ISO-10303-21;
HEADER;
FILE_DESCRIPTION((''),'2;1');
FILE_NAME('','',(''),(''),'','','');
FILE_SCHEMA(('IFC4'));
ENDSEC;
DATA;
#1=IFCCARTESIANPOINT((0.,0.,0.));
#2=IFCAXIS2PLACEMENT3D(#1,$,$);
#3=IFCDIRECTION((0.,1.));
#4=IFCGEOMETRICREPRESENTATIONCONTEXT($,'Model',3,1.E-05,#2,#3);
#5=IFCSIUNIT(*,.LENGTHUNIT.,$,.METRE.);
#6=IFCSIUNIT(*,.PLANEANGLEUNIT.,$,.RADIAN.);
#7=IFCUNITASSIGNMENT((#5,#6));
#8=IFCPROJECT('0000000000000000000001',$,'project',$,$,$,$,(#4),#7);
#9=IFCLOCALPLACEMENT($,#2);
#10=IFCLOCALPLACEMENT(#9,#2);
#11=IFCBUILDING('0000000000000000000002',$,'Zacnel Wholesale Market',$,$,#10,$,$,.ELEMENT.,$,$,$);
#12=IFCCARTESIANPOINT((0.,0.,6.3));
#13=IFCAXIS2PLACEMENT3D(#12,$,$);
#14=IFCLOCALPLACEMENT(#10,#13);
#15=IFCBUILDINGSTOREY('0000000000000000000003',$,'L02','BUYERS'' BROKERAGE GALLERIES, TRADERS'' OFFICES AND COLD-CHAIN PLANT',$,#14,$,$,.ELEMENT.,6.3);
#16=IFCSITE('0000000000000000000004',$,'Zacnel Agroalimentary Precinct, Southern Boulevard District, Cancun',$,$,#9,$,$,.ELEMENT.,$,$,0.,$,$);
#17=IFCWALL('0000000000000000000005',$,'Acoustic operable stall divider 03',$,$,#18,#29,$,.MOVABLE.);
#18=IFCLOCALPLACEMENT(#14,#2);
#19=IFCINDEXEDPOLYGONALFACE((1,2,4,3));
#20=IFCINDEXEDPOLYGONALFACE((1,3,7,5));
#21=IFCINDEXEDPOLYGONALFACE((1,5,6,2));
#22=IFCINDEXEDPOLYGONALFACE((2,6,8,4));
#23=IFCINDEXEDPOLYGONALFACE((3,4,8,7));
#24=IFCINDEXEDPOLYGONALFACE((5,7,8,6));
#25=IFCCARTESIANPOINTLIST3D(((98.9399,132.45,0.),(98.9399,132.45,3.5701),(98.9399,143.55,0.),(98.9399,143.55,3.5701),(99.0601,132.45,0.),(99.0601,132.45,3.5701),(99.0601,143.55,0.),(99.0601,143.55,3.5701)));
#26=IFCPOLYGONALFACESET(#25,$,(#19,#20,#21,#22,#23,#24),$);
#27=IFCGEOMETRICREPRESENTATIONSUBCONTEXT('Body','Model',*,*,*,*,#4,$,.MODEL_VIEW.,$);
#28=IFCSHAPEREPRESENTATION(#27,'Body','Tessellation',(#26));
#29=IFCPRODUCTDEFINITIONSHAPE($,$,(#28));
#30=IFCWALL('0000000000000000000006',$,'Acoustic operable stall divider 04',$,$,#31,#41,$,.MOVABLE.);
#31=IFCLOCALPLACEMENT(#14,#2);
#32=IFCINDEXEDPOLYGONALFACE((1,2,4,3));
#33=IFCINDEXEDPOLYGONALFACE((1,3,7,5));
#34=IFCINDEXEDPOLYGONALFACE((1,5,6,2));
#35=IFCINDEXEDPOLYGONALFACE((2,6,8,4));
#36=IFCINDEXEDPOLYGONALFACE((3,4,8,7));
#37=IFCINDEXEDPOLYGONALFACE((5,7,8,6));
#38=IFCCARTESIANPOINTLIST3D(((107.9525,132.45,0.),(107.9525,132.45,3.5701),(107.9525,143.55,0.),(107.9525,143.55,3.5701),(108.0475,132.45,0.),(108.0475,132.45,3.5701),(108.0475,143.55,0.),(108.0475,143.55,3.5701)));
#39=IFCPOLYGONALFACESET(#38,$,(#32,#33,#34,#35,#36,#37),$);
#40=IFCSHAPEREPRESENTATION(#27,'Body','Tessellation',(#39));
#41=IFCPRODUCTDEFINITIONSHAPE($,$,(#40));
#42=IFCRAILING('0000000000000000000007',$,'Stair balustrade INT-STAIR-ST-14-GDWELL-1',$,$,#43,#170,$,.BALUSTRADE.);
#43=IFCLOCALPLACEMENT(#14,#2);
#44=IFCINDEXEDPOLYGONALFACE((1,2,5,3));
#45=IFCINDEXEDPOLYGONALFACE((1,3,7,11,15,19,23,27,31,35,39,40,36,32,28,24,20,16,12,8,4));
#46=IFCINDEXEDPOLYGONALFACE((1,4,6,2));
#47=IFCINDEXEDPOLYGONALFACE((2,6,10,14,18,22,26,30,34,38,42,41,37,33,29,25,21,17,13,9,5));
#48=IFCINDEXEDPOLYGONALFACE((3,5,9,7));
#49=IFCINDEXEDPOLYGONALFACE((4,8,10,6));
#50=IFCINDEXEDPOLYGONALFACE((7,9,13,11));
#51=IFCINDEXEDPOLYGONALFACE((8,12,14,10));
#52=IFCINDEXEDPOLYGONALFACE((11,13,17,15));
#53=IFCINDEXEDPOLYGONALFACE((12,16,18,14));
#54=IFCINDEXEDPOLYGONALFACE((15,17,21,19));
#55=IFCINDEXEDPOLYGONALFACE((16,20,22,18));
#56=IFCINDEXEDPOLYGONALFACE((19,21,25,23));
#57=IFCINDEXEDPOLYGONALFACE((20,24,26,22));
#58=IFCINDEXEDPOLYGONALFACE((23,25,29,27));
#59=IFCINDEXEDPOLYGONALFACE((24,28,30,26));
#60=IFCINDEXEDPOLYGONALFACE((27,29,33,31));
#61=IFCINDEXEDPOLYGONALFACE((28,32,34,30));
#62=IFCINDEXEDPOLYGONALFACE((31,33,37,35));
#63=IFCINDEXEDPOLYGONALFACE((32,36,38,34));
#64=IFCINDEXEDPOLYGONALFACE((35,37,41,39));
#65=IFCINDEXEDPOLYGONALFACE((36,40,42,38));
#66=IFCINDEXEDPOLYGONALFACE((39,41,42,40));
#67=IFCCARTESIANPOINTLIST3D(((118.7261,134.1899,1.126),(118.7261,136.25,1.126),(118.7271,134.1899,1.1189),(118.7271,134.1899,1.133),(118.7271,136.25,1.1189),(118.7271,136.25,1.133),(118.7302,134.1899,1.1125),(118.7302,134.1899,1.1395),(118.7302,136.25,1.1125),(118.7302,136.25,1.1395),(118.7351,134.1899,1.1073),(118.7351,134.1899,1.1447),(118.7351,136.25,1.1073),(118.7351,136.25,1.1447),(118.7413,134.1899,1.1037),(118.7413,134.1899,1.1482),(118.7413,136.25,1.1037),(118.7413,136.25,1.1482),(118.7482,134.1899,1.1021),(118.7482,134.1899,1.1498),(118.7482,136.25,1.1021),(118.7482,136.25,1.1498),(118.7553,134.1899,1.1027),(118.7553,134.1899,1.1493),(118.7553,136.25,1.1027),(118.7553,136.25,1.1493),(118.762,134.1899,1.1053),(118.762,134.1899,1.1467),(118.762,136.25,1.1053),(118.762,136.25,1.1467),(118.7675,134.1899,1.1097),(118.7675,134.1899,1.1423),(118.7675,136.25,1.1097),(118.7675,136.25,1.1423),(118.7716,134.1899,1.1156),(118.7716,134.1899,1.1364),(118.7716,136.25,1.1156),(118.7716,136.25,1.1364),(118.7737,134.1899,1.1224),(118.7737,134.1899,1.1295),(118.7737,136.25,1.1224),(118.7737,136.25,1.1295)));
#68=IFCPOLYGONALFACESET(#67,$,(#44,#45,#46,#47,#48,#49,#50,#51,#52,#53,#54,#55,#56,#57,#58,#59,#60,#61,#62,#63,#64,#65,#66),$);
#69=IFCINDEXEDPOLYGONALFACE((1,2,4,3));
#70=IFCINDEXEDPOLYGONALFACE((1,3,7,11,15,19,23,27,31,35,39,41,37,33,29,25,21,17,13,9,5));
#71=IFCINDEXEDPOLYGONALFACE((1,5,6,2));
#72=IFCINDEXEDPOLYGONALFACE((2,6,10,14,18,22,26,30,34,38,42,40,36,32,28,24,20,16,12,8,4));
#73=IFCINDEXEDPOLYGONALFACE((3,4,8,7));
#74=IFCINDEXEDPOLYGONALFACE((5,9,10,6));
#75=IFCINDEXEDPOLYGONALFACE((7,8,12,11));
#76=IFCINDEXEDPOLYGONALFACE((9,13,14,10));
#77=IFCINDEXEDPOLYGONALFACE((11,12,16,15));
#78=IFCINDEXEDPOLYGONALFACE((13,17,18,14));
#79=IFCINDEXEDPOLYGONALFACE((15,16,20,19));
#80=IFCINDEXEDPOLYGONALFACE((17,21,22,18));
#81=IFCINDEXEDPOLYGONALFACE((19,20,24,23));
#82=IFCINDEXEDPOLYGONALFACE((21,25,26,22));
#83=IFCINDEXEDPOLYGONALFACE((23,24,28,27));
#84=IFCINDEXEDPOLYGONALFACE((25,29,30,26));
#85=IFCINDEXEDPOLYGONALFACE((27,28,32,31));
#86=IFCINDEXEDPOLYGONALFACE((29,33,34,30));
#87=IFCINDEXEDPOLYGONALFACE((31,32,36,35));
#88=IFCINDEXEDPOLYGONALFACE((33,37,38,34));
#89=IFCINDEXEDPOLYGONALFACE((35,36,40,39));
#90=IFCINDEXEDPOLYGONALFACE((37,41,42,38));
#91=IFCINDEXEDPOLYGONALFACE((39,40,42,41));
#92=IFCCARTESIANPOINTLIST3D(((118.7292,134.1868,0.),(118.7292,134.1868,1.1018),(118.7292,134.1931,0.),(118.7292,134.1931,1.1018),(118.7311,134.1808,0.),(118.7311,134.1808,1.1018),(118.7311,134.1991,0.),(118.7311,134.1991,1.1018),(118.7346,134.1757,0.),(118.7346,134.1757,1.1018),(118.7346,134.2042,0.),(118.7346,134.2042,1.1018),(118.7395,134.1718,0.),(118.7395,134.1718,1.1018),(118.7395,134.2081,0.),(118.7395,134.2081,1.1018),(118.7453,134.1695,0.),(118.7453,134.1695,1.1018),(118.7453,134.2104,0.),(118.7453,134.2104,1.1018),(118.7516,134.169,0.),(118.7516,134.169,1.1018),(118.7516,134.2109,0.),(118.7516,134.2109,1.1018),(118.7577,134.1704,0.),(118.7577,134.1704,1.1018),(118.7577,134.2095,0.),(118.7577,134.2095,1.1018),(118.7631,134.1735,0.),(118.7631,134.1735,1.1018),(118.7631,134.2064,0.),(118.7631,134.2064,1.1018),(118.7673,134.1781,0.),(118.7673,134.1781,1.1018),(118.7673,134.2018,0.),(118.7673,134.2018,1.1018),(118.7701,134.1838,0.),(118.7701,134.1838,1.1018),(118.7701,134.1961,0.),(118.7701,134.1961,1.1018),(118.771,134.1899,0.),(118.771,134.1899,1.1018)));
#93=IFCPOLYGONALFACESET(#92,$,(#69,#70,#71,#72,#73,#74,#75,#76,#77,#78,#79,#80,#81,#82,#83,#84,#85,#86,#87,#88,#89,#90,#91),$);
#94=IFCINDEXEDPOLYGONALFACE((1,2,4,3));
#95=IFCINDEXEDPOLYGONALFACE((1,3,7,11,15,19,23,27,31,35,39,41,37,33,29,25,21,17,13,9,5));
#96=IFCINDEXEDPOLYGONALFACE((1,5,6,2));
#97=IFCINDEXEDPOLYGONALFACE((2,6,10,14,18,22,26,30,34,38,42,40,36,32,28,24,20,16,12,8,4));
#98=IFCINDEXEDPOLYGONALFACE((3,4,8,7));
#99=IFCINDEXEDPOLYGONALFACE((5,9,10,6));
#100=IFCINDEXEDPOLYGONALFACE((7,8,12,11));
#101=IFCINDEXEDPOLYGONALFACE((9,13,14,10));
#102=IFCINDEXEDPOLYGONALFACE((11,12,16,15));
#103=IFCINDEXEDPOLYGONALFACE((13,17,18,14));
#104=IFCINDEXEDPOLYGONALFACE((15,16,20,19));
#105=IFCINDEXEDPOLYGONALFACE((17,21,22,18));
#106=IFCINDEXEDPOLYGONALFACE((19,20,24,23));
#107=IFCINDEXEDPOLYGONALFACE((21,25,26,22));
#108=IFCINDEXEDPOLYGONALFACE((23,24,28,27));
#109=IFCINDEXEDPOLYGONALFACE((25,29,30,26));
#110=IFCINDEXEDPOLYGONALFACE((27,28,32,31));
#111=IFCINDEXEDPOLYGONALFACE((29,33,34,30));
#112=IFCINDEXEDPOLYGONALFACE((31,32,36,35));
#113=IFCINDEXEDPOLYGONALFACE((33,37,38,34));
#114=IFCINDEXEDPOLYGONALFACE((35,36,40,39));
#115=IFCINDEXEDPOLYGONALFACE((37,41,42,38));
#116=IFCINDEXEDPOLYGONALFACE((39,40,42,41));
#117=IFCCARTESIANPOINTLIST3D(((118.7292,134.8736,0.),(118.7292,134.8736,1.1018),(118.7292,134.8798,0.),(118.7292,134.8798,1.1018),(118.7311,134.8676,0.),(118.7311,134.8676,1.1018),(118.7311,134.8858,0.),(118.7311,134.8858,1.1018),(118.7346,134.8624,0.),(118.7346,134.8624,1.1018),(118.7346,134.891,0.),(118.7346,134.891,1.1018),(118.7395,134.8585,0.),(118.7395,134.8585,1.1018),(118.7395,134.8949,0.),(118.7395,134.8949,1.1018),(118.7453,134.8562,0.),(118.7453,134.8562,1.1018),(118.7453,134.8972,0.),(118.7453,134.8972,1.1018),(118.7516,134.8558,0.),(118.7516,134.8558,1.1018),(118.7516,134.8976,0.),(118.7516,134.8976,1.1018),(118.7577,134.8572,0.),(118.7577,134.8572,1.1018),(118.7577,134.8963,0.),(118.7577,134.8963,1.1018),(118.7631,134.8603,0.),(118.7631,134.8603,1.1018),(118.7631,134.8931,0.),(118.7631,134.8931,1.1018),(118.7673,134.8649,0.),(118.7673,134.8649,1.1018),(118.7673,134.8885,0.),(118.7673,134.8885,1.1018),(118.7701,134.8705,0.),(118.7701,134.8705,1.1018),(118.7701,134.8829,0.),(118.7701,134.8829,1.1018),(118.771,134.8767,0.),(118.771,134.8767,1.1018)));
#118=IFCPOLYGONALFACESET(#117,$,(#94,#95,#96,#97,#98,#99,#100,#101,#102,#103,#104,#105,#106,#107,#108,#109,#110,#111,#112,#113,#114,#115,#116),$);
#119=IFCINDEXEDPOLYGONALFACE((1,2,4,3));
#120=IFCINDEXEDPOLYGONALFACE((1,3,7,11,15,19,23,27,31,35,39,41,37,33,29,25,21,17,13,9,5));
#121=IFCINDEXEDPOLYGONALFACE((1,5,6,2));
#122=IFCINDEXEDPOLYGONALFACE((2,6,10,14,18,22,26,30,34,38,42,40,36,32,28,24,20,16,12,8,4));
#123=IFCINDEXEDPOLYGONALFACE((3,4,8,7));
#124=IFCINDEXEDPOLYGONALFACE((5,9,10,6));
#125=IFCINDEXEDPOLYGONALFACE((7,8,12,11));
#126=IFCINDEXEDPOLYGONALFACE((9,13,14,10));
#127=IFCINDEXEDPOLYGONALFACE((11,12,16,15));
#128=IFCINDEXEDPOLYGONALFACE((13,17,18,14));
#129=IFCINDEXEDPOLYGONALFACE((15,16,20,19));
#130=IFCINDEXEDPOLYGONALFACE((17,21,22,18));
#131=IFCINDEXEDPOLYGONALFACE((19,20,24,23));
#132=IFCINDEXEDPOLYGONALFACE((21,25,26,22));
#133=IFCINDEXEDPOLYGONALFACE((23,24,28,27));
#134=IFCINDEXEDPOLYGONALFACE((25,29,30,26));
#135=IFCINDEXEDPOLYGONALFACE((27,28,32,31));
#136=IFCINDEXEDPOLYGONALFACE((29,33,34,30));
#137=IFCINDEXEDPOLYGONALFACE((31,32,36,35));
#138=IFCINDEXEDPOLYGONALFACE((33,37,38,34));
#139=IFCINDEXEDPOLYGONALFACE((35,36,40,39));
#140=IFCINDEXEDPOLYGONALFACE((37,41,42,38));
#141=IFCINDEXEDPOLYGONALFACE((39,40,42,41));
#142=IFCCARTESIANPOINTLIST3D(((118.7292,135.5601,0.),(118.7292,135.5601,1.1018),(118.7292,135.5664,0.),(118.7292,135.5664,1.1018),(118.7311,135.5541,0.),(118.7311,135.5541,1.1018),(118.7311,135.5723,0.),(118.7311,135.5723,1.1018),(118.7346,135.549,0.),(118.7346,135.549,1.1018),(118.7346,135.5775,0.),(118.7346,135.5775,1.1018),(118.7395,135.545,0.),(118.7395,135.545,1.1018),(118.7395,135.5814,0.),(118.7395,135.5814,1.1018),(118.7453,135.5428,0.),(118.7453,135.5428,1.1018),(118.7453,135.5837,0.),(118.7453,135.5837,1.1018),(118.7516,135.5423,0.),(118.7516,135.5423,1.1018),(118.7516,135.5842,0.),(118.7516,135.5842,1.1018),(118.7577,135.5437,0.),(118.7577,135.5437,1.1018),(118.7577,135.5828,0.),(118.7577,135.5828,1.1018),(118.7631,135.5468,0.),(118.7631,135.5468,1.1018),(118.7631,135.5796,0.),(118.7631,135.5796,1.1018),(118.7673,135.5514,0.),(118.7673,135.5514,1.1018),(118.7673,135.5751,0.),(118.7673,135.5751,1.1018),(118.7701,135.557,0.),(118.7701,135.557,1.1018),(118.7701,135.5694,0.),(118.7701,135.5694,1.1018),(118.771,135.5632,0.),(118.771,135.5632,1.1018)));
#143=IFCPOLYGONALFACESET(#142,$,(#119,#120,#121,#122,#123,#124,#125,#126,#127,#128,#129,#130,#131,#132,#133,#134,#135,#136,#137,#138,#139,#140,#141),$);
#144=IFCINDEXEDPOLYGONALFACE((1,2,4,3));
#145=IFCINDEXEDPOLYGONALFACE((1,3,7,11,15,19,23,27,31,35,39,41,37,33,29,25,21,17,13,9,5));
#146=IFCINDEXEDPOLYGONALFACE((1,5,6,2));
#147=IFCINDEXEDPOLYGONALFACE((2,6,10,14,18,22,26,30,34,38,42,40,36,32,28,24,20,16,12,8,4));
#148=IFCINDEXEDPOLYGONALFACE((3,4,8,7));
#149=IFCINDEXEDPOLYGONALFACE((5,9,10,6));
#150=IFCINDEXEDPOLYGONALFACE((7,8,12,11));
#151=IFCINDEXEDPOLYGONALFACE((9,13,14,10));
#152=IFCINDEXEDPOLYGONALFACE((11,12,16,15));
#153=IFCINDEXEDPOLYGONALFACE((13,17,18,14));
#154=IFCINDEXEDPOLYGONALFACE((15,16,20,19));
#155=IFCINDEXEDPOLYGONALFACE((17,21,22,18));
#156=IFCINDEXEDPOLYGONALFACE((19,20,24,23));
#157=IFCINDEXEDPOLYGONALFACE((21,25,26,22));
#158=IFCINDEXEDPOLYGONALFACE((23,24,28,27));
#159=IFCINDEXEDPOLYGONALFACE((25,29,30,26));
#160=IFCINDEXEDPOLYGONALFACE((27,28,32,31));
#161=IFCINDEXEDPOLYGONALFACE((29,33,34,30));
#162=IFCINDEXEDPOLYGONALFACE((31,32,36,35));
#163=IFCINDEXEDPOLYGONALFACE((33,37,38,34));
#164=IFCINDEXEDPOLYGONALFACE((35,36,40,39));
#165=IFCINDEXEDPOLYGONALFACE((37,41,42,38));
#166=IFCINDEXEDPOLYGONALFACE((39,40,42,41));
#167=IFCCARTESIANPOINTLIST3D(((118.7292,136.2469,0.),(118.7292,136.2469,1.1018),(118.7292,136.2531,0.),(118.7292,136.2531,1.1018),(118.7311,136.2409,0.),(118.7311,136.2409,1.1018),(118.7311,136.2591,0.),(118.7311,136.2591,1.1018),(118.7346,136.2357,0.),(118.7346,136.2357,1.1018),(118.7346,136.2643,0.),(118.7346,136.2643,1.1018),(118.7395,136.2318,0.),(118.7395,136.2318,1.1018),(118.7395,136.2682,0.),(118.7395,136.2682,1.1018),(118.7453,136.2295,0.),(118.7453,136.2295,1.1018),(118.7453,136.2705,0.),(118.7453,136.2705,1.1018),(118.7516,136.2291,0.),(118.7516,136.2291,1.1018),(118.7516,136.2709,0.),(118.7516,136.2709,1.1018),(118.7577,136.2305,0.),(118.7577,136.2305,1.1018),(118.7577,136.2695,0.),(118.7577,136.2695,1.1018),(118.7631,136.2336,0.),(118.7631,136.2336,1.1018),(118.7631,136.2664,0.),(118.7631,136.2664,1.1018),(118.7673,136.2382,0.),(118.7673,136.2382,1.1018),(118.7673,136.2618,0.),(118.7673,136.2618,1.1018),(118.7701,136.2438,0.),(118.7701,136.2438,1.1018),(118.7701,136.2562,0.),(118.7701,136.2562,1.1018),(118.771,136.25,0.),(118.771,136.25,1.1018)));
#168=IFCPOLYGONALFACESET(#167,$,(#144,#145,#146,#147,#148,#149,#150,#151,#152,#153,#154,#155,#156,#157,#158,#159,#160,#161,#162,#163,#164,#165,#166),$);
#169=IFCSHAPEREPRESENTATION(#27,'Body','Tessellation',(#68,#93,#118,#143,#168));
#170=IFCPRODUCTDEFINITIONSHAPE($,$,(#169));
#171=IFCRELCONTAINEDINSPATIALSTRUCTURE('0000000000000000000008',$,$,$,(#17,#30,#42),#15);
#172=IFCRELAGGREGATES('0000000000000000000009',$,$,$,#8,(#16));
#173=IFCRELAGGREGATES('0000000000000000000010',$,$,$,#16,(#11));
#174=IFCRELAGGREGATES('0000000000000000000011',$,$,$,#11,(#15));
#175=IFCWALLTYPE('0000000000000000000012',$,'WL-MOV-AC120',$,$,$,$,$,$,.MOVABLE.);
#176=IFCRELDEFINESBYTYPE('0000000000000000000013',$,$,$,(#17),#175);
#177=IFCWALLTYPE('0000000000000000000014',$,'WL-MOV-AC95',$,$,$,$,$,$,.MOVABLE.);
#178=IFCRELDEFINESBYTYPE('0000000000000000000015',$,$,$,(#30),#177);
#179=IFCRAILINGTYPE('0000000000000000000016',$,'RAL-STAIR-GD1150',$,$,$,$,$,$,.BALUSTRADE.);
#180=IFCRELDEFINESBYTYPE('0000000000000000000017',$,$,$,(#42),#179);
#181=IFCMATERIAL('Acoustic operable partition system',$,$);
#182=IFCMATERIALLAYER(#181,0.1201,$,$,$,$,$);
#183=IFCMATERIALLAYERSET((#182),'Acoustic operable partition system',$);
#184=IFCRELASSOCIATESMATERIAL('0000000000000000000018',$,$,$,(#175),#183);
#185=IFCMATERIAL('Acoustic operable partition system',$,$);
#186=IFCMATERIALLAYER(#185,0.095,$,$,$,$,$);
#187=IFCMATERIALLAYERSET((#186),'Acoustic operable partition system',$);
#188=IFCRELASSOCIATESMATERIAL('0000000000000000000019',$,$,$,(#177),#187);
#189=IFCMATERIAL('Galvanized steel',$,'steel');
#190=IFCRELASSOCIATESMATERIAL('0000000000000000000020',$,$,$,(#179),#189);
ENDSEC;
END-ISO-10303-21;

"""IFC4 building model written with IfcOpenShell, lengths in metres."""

from ifc_helpers import new_model, si_unit, direction, frame, frame_2d, origin, origin_2d, place, context, subcontext, project, spatial, rectangle, circle, extrude, material, layer, layer_set, type_object, element, save


model = new_model("IFC4")

# Units and contexts
model_context = context("Model", 3, precision=1e-05, world=origin(), true_north=direction((0.0, 1.0)))
body_context = subcontext(model_context, "Body", "Model", "MODEL_VIEW")
ifc_project = project(units=[si_unit("LENGTHUNIT", "METRE"), si_unit("PLANEANGLEUNIT", "RADIAN")], contexts=[model_context])

# Site, building, storey
site_placement = place(None, origin())
site = spatial("IfcSite", under=ifc_project, at=site_placement, Name="Zacnel Agroalimentary Precinct, Southern Boulevard District, Cancun", CompositionType="ELEMENT", RefElevation=0.0)
building_placement = place(site_placement, origin())
building = spatial("IfcBuilding", under=site, at=building_placement, Name="Zacnel Wholesale Market", CompositionType="ELEMENT")
storey_placement = place(building_placement, frame((0.0, 0.0, 6.3)))
storey = spatial("IfcBuildingStorey", under=building, at=storey_placement, Name="L02", Description="BUYERS' BROKERAGE GALLERIES, TRADERS' OFFICES AND COLD-CHAIN PLANT", CompositionType="ELEMENT", Elevation=6.3)

# Walls
ifc_material_1 = material(Name="Acoustic operable partition system")
ifc_layer_1 = layer(ifc_material_1, 0.1201)
ifc_layer_set_1 = layer_set([ifc_layer_1], Name="Acoustic operable partition system")
wall_type_1 = type_object("IfcWallType", Name="WL-MOV-AC120", PredefinedType="MOVABLE", material=ifc_layer_set_1)
wall_1_placement = place(storey_placement, frame((99.0, 132.45, 0.0), z_axis=(0.0, 0.0, 1.0), x_axis=(0.0, 1.0, 0.0)))
element("IfcWall", 1, at=wall_1_placement, inside=storey, type_object=wall_type_1, Name="Acoustic operable stall divider 03", PredefinedType="MOVABLE", context=body_context, shape_type="SweptSolid", body=[
    extrude(rectangle(XDim=11.1001, YDim=0.1201, at=frame_2d((5.55, 0.0))), origin(), (0.0, 0.0, 1.0), 3.5701),
])
ifc_material_2 = material(Name="Acoustic operable partition system")
ifc_layer_2 = layer(ifc_material_2, 0.095)
ifc_layer_set_2 = layer_set([ifc_layer_2], Name="Acoustic operable partition system")
wall_type_2 = type_object("IfcWallType", Name="WL-MOV-AC95", PredefinedType="MOVABLE", material=ifc_layer_set_2)
wall_2_placement = place(storey_placement, frame((108.0, 132.45, 0.0), z_axis=(0.0, 0.0, 1.0), x_axis=(0.0, 1.0, 0.0)))
element("IfcWall", 2, at=wall_2_placement, inside=storey, type_object=wall_type_2, Name="Acoustic operable stall divider 04", PredefinedType="MOVABLE", context=body_context, shape_type="SweptSolid", body=[
    extrude(rectangle(XDim=11.1001, YDim=0.095, at=frame_2d((5.55, 0.0))), origin(), (0.0, 0.0, 1.0), 3.5701),
])

# Railing
ifc_material_3 = material(Name="Galvanized steel", Category="steel")
railing_type = type_object("IfcRailingType", Name="RAL-STAIR-GD1150", PredefinedType="BALUSTRADE", material=ifc_material_3)
railing_placement = place(storey_placement, frame((118.75, 134.1899, 0.0)))
element("IfcRailing", 3, at=railing_placement, inside=storey, type_object=railing_type, Name="Stair balustrade INT-STAIR-ST-14-GDWELL-1", PredefinedType="BALUSTRADE", context=body_context, shape_type="SweptSolid", body=[
    extrude(circle(Radius=0.0239, at=origin_2d()), frame((0.0, 0.0, 1.126), z_axis=(0.0, 1.0, 0.0), x_axis=(-1.0, 0.0, 0.0)), (0.0, 0.0, 1.0), 2.0601),
    extrude(circle(Radius=0.021, at=origin_2d()), origin(), (0.0, 0.0, 1.0), 1.1018),
    extrude(circle(Radius=0.021, at=origin_2d()), frame((0.0, 0.6868, 0.0)), (0.0, 0.0, 1.0), 1.1018),
    extrude(circle(Radius=0.021, at=origin_2d()), frame((0.0, 1.3733, 0.0)), (0.0, 0.0, 1.0), 1.1018),
    extrude(circle(Radius=0.021, at=origin_2d()), frame((0.0, 2.0601, 0.0)), (0.0, 0.0, 1.0), 1.1018),
])

save(model, "model.ifc")
